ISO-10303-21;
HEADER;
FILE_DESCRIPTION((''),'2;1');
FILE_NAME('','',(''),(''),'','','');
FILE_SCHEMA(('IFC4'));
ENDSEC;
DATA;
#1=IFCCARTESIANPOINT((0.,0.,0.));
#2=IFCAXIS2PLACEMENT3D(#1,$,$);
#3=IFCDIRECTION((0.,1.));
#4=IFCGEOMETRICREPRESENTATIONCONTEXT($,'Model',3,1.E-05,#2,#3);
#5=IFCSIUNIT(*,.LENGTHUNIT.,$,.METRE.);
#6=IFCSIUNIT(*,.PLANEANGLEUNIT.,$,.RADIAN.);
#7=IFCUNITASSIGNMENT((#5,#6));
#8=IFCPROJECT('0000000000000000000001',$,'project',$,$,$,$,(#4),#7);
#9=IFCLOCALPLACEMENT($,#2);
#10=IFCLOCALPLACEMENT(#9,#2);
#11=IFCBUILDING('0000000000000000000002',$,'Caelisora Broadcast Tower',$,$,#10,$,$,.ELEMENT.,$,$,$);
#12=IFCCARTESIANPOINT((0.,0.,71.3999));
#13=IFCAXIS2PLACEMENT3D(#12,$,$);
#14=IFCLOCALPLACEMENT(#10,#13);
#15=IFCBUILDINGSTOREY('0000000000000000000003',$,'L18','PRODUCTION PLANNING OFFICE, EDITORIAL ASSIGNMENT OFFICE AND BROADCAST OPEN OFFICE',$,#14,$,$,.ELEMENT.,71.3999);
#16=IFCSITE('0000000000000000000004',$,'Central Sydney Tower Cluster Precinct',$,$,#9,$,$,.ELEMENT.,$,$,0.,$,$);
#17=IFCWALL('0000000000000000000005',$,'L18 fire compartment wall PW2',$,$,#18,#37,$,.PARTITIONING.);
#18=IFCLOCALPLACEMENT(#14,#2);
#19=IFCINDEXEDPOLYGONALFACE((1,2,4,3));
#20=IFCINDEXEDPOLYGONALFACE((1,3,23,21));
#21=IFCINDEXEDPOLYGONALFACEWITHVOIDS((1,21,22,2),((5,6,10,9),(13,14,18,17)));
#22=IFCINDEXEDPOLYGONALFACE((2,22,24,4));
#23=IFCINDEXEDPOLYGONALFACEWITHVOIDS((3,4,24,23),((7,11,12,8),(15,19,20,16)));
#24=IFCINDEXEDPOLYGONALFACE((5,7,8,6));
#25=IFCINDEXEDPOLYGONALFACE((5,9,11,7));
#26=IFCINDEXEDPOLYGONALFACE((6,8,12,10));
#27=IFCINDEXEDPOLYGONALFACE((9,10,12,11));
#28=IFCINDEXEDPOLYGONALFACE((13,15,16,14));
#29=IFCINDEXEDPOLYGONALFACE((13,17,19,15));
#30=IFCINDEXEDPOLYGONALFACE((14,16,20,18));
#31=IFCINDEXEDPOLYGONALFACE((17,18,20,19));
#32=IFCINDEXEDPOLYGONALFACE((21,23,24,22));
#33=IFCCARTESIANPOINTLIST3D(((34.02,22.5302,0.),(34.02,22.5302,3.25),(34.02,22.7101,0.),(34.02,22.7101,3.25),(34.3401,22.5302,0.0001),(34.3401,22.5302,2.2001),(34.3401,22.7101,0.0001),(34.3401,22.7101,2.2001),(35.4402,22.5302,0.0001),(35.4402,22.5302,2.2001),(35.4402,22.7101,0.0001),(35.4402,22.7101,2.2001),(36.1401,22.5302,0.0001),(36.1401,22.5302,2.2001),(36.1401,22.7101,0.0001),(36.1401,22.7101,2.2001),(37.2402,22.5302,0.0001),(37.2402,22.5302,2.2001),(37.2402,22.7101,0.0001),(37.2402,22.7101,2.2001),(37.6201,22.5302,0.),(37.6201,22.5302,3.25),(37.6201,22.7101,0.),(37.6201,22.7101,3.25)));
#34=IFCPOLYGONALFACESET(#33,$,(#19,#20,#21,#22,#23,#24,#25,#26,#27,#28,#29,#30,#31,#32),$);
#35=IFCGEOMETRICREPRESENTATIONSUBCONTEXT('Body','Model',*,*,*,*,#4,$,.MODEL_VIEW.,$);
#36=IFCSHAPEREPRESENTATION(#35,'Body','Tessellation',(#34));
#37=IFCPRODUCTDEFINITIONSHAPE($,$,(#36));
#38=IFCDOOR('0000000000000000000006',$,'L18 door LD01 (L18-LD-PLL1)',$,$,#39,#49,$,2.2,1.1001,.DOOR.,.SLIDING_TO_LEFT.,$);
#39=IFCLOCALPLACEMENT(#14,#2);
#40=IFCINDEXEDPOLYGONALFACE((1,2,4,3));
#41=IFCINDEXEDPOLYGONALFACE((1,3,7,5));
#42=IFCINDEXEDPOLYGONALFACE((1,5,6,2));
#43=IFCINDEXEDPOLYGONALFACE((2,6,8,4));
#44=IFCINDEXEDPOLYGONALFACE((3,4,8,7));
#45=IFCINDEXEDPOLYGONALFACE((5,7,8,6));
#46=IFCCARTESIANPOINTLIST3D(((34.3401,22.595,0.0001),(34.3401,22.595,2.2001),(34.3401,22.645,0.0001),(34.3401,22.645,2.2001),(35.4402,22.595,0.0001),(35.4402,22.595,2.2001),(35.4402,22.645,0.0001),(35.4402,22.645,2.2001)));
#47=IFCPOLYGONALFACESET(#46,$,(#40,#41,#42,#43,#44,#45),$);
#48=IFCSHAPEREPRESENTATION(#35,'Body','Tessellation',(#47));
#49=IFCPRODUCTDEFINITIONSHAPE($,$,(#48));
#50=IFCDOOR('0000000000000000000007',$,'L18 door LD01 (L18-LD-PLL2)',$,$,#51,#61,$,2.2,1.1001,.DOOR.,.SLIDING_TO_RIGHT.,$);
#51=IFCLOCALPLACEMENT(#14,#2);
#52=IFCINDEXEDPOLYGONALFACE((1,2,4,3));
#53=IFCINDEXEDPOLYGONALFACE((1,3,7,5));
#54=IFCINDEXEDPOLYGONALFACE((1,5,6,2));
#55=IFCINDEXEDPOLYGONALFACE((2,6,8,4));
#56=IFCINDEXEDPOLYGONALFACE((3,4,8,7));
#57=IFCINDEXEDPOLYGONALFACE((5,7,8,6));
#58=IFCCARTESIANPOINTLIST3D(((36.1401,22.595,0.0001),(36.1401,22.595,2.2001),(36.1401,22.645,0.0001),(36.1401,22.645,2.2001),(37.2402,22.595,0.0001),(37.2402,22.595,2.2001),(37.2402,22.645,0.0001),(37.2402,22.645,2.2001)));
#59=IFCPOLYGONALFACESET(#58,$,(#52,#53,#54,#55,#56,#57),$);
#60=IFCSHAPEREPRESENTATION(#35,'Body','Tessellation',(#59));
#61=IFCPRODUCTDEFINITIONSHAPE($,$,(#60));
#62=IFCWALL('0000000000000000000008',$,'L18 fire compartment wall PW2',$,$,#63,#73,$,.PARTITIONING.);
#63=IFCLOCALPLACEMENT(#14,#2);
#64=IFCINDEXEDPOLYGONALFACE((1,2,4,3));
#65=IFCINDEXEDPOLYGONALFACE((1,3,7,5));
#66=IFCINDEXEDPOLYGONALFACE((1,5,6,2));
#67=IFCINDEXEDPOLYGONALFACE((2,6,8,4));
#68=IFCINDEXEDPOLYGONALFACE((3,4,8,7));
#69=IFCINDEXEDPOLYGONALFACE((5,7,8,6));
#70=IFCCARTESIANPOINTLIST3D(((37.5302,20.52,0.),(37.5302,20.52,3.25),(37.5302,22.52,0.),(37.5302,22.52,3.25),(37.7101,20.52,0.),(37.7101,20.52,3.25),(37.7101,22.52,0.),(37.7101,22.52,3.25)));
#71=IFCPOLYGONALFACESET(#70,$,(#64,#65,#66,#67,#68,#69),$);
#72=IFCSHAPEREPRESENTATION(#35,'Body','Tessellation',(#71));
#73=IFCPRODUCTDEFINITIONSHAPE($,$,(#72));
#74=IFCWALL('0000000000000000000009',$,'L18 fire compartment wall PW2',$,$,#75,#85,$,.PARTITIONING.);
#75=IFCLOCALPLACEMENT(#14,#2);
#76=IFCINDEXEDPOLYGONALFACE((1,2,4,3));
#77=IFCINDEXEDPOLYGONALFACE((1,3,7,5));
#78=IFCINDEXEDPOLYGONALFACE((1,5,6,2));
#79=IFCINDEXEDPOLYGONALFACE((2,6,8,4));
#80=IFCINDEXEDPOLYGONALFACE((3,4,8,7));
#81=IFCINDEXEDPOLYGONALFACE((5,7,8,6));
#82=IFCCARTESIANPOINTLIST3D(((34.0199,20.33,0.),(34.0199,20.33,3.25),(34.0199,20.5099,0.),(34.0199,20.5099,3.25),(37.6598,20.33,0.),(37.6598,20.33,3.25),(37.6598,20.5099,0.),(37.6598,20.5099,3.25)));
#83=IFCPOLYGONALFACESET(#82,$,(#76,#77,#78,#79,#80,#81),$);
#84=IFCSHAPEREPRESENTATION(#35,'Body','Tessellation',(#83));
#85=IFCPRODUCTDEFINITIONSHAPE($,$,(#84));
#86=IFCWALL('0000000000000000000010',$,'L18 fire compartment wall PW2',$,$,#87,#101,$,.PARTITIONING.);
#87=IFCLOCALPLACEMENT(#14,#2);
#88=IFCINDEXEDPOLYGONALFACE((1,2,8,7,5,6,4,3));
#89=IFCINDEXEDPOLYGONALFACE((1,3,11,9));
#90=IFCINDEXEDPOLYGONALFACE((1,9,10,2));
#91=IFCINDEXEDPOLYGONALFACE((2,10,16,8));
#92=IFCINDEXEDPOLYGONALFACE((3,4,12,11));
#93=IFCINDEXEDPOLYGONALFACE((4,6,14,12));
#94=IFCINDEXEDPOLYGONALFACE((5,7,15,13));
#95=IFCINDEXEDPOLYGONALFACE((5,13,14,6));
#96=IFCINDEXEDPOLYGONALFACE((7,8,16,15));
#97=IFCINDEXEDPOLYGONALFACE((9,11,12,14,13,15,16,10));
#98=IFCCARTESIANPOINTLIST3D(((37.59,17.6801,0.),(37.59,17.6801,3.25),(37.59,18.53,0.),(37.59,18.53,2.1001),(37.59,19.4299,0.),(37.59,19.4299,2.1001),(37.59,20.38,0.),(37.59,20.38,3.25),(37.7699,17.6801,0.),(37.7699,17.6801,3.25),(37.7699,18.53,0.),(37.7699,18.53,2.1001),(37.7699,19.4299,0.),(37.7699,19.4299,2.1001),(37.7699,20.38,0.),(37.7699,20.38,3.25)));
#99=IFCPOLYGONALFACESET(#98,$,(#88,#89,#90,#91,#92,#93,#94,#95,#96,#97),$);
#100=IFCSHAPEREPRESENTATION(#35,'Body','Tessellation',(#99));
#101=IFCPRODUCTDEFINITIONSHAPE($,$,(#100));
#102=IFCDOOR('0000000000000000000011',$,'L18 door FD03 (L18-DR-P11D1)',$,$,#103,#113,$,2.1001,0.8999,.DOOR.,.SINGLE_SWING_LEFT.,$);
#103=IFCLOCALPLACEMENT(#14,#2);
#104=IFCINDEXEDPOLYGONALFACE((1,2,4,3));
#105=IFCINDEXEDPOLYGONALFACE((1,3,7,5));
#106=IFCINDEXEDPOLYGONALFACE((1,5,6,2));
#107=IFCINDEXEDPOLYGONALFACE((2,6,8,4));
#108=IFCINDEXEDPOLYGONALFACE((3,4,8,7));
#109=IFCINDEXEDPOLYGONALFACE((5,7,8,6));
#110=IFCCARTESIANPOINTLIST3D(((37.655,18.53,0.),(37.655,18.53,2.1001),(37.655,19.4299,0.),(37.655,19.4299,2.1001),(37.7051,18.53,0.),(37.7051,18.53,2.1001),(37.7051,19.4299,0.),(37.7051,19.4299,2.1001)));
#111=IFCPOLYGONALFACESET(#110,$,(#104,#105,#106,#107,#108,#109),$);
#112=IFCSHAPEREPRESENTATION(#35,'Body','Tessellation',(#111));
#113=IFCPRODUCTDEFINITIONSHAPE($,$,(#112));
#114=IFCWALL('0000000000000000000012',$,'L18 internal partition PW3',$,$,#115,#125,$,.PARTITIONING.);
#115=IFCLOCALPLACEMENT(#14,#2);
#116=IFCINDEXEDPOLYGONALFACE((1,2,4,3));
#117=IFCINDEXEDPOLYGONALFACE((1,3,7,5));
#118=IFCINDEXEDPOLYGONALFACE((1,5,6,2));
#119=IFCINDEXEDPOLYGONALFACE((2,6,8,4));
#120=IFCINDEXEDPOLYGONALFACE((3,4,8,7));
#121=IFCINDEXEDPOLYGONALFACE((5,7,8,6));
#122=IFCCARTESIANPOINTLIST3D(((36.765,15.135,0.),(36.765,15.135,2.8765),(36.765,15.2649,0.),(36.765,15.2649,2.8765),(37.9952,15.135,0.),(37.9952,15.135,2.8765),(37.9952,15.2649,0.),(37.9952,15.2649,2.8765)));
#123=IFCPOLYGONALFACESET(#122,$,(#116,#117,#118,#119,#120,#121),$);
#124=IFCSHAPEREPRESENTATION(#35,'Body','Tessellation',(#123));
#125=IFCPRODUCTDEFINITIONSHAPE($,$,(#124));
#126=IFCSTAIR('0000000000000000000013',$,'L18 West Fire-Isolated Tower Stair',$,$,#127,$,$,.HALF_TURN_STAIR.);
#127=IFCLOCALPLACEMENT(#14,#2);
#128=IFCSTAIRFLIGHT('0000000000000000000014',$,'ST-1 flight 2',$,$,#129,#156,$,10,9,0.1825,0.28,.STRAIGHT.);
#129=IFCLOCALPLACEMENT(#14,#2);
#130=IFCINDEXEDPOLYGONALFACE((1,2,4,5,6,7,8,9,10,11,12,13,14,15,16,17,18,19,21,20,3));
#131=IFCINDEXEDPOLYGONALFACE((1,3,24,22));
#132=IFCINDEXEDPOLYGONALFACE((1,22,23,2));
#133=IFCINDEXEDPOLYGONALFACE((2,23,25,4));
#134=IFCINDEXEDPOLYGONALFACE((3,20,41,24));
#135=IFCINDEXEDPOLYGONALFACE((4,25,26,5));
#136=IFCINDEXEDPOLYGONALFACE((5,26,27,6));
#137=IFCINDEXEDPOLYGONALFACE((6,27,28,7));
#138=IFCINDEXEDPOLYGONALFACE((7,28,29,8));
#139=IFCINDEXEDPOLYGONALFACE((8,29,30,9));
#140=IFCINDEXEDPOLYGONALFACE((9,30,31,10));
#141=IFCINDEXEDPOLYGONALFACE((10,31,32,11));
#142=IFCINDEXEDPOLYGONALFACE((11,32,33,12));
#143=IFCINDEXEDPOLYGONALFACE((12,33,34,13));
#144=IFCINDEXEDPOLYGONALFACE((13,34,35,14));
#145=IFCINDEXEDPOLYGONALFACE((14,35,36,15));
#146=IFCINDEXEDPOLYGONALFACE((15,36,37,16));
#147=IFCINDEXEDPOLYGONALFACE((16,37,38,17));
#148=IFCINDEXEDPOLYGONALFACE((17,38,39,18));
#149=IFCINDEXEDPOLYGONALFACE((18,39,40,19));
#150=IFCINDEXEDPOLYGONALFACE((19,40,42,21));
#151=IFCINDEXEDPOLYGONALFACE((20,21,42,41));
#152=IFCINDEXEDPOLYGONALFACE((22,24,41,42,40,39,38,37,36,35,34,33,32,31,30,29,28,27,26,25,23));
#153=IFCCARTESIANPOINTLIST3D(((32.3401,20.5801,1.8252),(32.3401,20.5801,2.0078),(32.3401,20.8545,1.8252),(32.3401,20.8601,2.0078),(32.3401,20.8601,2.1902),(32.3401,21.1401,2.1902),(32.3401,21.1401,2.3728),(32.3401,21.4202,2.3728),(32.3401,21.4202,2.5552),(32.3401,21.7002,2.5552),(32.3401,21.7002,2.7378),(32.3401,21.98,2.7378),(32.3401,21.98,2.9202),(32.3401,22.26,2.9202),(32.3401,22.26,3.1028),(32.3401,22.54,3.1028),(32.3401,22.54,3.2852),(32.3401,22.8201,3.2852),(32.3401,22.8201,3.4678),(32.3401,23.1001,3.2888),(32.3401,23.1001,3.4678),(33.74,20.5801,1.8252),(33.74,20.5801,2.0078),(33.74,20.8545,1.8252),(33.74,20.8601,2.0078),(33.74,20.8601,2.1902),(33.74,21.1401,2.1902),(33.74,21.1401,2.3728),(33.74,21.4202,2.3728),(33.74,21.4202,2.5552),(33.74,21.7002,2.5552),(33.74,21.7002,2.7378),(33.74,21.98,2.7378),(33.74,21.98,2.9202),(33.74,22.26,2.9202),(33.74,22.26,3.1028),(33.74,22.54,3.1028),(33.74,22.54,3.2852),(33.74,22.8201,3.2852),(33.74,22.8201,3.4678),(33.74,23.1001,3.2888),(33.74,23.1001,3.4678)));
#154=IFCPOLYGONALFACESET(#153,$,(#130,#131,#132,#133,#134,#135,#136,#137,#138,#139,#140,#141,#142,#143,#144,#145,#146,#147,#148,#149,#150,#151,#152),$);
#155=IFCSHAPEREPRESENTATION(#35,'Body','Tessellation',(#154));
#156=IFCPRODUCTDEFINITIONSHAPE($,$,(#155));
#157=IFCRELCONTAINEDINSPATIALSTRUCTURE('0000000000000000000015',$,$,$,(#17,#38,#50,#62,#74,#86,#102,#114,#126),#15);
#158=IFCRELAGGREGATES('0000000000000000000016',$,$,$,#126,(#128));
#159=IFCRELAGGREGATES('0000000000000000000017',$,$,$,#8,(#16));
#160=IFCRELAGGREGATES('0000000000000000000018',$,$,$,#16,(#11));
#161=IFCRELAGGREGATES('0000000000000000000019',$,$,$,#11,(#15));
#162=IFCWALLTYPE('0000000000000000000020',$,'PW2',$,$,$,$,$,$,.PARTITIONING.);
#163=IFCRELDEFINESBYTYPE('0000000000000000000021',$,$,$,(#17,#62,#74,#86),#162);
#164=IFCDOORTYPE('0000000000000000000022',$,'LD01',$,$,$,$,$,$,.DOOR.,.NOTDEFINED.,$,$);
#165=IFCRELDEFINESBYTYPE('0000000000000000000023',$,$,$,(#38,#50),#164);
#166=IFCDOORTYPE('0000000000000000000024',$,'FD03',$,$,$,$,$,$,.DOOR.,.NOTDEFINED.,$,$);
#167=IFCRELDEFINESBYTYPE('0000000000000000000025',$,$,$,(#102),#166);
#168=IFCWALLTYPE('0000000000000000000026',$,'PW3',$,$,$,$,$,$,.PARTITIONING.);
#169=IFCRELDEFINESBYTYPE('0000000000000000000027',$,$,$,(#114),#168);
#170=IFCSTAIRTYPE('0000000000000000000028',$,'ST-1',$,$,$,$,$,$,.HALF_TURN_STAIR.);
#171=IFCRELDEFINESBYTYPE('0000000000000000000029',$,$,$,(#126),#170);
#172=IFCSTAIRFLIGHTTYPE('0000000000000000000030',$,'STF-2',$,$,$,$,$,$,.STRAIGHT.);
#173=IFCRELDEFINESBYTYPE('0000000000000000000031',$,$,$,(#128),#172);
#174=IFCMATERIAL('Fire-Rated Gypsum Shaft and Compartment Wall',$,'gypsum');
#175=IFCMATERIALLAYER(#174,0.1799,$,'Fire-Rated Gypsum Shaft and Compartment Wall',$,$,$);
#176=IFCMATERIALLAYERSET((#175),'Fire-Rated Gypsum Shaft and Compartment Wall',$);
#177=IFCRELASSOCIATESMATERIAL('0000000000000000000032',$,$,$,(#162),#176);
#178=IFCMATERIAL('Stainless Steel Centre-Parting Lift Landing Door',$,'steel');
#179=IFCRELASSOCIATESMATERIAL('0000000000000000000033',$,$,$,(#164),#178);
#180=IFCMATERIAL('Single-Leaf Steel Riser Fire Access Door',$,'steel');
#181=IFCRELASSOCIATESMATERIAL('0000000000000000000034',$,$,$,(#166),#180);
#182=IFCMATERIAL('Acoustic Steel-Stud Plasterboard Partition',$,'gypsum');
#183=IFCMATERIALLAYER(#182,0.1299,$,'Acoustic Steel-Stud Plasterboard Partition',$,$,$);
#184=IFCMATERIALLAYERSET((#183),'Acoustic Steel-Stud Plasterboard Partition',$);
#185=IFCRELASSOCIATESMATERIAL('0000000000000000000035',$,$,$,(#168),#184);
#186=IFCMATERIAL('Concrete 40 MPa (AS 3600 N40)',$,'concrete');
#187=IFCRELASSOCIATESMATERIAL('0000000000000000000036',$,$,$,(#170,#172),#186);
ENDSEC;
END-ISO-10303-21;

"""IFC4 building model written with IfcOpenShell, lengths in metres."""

from ifc_helpers import new_model, si_unit, direction, frame, frame_2d, origin, place, context, subcontext, project, spatial, polyline, rectangle, outline, extrude, material, layer, layer_set, type_object, element, fill, aggregate, save


model = new_model("IFC4")

# Units and contexts
model_context = context("Model", 3, precision=1e-05, world=origin(), true_north=direction((0.0, 1.0)))
body_context = subcontext(model_context, "Body", "Model", "MODEL_VIEW")
ifc_project = project(units=[si_unit("LENGTHUNIT", "METRE"), si_unit("PLANEANGLEUNIT", "RADIAN")], contexts=[model_context])

# Site, building, storey
site_placement = place(None, origin())
site = spatial("IfcSite", under=ifc_project, at=site_placement, Name="Central Sydney Tower Cluster Precinct", CompositionType="ELEMENT", RefElevation=0.0)
building_placement = place(site_placement, origin())
building = spatial("IfcBuilding", under=site, at=building_placement, Name="Caelisora Broadcast Tower", CompositionType="ELEMENT")
storey_placement = place(building_placement, frame((0.0, 0.0, 71.3999)))
storey = spatial("IfcBuildingStorey", under=building, at=storey_placement, Name="L18", Description="PRODUCTION PLANNING OFFICE, EDITORIAL ASSIGNMENT OFFICE AND BROADCAST OPEN OFFICE", CompositionType="ELEMENT", Elevation=71.3999)

# Wall, openings, doors
ifc_material_1 = material(Name="Fire-Rated Gypsum Shaft and Compartment Wall", Category="gypsum")
ifc_layer_1 = layer(ifc_material_1, 0.1799, Name="Fire-Rated Gypsum Shaft and Compartment Wall")
ifc_layer_set_1 = layer_set([ifc_layer_1], Name="Fire-Rated Gypsum Shaft and Compartment Wall")
wall_type_1 = type_object("IfcWallType", Name="PW2", PredefinedType="PARTITIONING", material=ifc_layer_set_1)
wall_1_placement = place(storey_placement, frame((34.02, 22.6201, 0.0), z_axis=(0.0, 0.0, 1.0), x_axis=(1.0, 0.0, 0.0)))
wall_1 = element("IfcWall", 1, at=wall_1_placement, inside=storey, type_object=wall_type_1, Name="L18 fire compartment wall PW2", PredefinedType="PARTITIONING", context=body_context, shape_type="SweptSolid", body=[
    extrude(rectangle(XDim=3.6001, YDim=0.1799, at=frame_2d((1.8, 0.0))), origin(), (0.0, 0.0, 1.0), 3.25),
])
opening_1_placement = place(wall_1_placement, frame((0.3201, 0.0, 0.0)))
opening_1 = element("IfcOpeningElement", 2, at=opening_1_placement, cuts=wall_1, PredefinedType="OPENING", context=body_context, shape_type="SweptSolid", body=[
    extrude(rectangle(XDim=1.1001, YDim=2.2, at=frame_2d((0.55, 1.1001))), frame((0.0, 0.1021, 0.0), z_axis=(0.0, -1.0, 0.0), x_axis=(1.0, 0.0, 0.0)), (0.0, 0.0, 1.0), 0.2039),
])
opening_2_placement = place(wall_1_placement, frame((2.1201, 0.0, 0.0)))
opening_2 = element("IfcOpeningElement", 3, at=opening_2_placement, cuts=wall_1, PredefinedType="OPENING", context=body_context, shape_type="SweptSolid", body=[
    extrude(rectangle(XDim=1.1001, YDim=2.2, at=frame_2d((0.55, 1.1001))), frame((0.0, 0.1021, 0.0), z_axis=(0.0, -1.0, 0.0), x_axis=(1.0, 0.0, 0.0)), (0.0, 0.0, 1.0), 0.2039),
])
ifc_material_2 = material(Name="Stainless Steel Centre-Parting Lift Landing Door", Category="steel")
door_type_1 = type_object("IfcDoorType", Name="LD01", OperationType="NOTDEFINED", PredefinedType="DOOR", material=ifc_material_2)
door_1_placement = place(opening_1_placement, origin())
door_1 = element("IfcDoor", 4, at=door_1_placement, inside=storey, type_object=door_type_1, Name="L18 door LD01 (L18-LD-PLL1)", OperationType="SLIDING_TO_LEFT", OverallHeight=2.2, OverallWidth=1.1001, PredefinedType="DOOR", context=body_context, shape_type="SweptSolid", body=[
    extrude(rectangle(XDim=1.1001, YDim=2.2, at=frame_2d((0.55, 1.1001))), frame((0.0, 0.0249, 0.0), z_axis=(0.0, -1.0, 0.0), x_axis=(1.0, 0.0, 0.0)), (0.0, 0.0, 1.0), 0.05),
])
fill(opening_1, door_1)
door_2_placement = place(opening_2_placement, origin())
door_2 = element("IfcDoor", 5, at=door_2_placement, inside=storey, type_object=door_type_1, Name="L18 door LD01 (L18-LD-PLL2)", OperationType="SLIDING_TO_RIGHT", OverallHeight=2.2, OverallWidth=1.1001, PredefinedType="DOOR", context=body_context, shape_type="SweptSolid", body=[
    extrude(rectangle(XDim=1.1001, YDim=2.2, at=frame_2d((0.55, 1.1001))), frame((0.0, 0.0249, 0.0), z_axis=(0.0, -1.0, 0.0), x_axis=(1.0, 0.0, 0.0)), (0.0, 0.0, 1.0), 0.05),
])
fill(opening_2, door_2)

# Walls
wall_2_placement = place(storey_placement, frame((37.6201, 20.52, 0.0), z_axis=(0.0, 0.0, 1.0), x_axis=(0.0, 1.0, 0.0)))
element("IfcWall", 6, at=wall_2_placement, inside=storey, type_object=wall_type_1, Name="L18 fire compartment wall PW2", PredefinedType="PARTITIONING", context=body_context, shape_type="SweptSolid", body=[
    extrude(rectangle(XDim=2.0, YDim=0.1799, at=frame_2d((1.0, 0.0))), origin(), (0.0, 0.0, 1.0), 3.25),
])
wall_3_placement = place(storey_placement, frame((34.02, 20.4199, 0.0), z_axis=(0.0, 0.0, 1.0), x_axis=(1.0, 0.0, 0.0)))
element("IfcWall", 7, at=wall_3_placement, inside=storey, type_object=wall_type_1, Name="L18 fire compartment wall PW2", PredefinedType="PARTITIONING", context=body_context, shape_type="SweptSolid", body=[
    extrude(rectangle(XDim=3.6399, YDim=0.1799, at=frame_2d((1.8198, 0.0))), origin(), (0.0, 0.0, 1.0), 3.25),
])

# Wall, opening, door
wall_4_placement = place(storey_placement, frame((37.6799, 17.6799, 0.0), z_axis=(0.0, 0.0, 1.0), x_axis=(0.0, 1.0, 0.0)))
wall_4 = element("IfcWall", 8, at=wall_4_placement, inside=storey, type_object=wall_type_1, Name="L18 fire compartment wall PW2", PredefinedType="PARTITIONING", context=body_context, shape_type="SweptSolid", body=[
    extrude(rectangle(XDim=2.7, YDim=0.1799, at=frame_2d((1.3501, 0.0))), origin(), (0.0, 0.0, 1.0), 3.25),
])
opening_3_placement = place(wall_4_placement, frame((0.8501, 0.0, 0.0)))
opening_3 = element("IfcOpeningElement", 9, at=opening_3_placement, cuts=wall_4, PredefinedType="OPENING", context=body_context, shape_type="SweptSolid", body=[
    extrude(rectangle(XDim=0.8999, YDim=2.1001, at=frame_2d((0.45, 1.05))), frame((0.0, 0.1021, 0.0), z_axis=(0.0, -1.0, 0.0), x_axis=(1.0, 0.0, 0.0)), (0.0, 0.0, 1.0), 0.2039),
])
ifc_material_3 = material(Name="Single-Leaf Steel Riser Fire Access Door", Category="steel")
door_type_2 = type_object("IfcDoorType", Name="FD03", OperationType="NOTDEFINED", PredefinedType="DOOR", material=ifc_material_3)
door_3_placement = place(opening_3_placement, origin())
door_3 = element("IfcDoor", 10, at=door_3_placement, inside=storey, type_object=door_type_2, Name="L18 door FD03 (L18-DR-P11D1)", OperationType="SINGLE_SWING_LEFT", OverallHeight=2.1001, OverallWidth=0.8999, PredefinedType="DOOR", context=body_context, shape_type="SweptSolid", body=[
    extrude(rectangle(XDim=0.8999, YDim=2.1001, at=frame_2d((0.45, 1.05))), frame((0.0, 0.0249, 0.0), z_axis=(0.0, -1.0, 0.0), x_axis=(1.0, 0.0, 0.0)), (0.0, 0.0, 1.0), 0.05),
])
fill(opening_3, door_3)
ifc_material_4 = material(Name="Acoustic Steel-Stud Plasterboard Partition", Category="gypsum")
ifc_layer_2 = layer(ifc_material_4, 0.1299, Name="Acoustic Steel-Stud Plasterboard Partition")
ifc_layer_set_2 = layer_set([ifc_layer_2], Name="Acoustic Steel-Stud Plasterboard Partition")
wall_type_2 = type_object("IfcWallType", Name="PW3", PredefinedType="PARTITIONING", material=ifc_layer_set_2)

# Wall
wall_5_placement = place(storey_placement, frame((36.7649, 15.2, 0.0), z_axis=(0.0, 0.0, 1.0), x_axis=(1.0, 0.0, 0.0)))
element("IfcWall", 11, at=wall_5_placement, inside=storey, type_object=wall_type_2, Name="L18 internal partition PW3", PredefinedType="PARTITIONING", context=body_context, shape_type="SweptSolid", body=[
    extrude(rectangle(XDim=1.2302, YDim=0.1299, at=frame_2d((0.6152, 0.0))), origin(), (0.0, 0.0, 1.0), 2.8765),
])

# Stair, stair flight
ifc_material_5 = material(Name="Concrete 40 MPa (AS 3600 N40)", Category="concrete")
stair_type = type_object("IfcStairType", Name="ST-1", PredefinedType="HALF_TURN_STAIR", material=ifc_material_5)
stair_placement = place(storey_placement, origin())
stair = element("IfcStair", 12, at=stair_placement, inside=storey, type_object=stair_type, Name="L18 West Fire-Isolated Tower Stair", PredefinedType="HALF_TURN_STAIR")
stair_flight_type = type_object("IfcStairFlightType", Name="STF-2", PredefinedType="STRAIGHT", material=ifc_material_5)
stair_flight_placement = place(storey_placement, frame((33.04, 20.5801, 1.8252), z_axis=(0.0, 0.0, 1.0), x_axis=(0.0, 1.0, 0.0)))
stair_flight = element("IfcStairFlight", 13, at=stair_flight_placement, type_object=stair_flight_type, Name="ST-1 flight 2", NumberOfRisers=10, NumberOfTreads=9, PredefinedType="STRAIGHT", RiserHeight=0.1825, TreadLength=0.28, context=body_context, shape_type="SweptSolid", body=[
    extrude(outline(polyline([(0.0, 0.0), (0.0, 0.1826), (0.28, 0.1826), (0.28, 0.365), (0.5601, 0.365), (0.5601, 0.5476), (0.8401, 0.5476), (0.8401, 0.73), (1.1201, 0.73), (1.1201, 0.9126), (1.3999, 0.9126), (1.3999, 1.095), (1.6799, 1.095), (1.6799, 1.2776), (1.96, 1.2776), (1.96, 1.46), (2.24, 1.46), (2.24, 1.6426), (2.52, 1.6426), (2.52, 1.825), (2.52, 1.4636), (0.2744, 0.0), (0.0, 0.0)])), frame((0.0, 0.7, 0.0), z_axis=(0.0, -1.0, 0.0), x_axis=(1.0, 0.0, 0.0)), (0.0, 0.0, 1.0), 1.3999),
])
aggregate(stair, [stair_flight])

save(model, "model.ifc")
